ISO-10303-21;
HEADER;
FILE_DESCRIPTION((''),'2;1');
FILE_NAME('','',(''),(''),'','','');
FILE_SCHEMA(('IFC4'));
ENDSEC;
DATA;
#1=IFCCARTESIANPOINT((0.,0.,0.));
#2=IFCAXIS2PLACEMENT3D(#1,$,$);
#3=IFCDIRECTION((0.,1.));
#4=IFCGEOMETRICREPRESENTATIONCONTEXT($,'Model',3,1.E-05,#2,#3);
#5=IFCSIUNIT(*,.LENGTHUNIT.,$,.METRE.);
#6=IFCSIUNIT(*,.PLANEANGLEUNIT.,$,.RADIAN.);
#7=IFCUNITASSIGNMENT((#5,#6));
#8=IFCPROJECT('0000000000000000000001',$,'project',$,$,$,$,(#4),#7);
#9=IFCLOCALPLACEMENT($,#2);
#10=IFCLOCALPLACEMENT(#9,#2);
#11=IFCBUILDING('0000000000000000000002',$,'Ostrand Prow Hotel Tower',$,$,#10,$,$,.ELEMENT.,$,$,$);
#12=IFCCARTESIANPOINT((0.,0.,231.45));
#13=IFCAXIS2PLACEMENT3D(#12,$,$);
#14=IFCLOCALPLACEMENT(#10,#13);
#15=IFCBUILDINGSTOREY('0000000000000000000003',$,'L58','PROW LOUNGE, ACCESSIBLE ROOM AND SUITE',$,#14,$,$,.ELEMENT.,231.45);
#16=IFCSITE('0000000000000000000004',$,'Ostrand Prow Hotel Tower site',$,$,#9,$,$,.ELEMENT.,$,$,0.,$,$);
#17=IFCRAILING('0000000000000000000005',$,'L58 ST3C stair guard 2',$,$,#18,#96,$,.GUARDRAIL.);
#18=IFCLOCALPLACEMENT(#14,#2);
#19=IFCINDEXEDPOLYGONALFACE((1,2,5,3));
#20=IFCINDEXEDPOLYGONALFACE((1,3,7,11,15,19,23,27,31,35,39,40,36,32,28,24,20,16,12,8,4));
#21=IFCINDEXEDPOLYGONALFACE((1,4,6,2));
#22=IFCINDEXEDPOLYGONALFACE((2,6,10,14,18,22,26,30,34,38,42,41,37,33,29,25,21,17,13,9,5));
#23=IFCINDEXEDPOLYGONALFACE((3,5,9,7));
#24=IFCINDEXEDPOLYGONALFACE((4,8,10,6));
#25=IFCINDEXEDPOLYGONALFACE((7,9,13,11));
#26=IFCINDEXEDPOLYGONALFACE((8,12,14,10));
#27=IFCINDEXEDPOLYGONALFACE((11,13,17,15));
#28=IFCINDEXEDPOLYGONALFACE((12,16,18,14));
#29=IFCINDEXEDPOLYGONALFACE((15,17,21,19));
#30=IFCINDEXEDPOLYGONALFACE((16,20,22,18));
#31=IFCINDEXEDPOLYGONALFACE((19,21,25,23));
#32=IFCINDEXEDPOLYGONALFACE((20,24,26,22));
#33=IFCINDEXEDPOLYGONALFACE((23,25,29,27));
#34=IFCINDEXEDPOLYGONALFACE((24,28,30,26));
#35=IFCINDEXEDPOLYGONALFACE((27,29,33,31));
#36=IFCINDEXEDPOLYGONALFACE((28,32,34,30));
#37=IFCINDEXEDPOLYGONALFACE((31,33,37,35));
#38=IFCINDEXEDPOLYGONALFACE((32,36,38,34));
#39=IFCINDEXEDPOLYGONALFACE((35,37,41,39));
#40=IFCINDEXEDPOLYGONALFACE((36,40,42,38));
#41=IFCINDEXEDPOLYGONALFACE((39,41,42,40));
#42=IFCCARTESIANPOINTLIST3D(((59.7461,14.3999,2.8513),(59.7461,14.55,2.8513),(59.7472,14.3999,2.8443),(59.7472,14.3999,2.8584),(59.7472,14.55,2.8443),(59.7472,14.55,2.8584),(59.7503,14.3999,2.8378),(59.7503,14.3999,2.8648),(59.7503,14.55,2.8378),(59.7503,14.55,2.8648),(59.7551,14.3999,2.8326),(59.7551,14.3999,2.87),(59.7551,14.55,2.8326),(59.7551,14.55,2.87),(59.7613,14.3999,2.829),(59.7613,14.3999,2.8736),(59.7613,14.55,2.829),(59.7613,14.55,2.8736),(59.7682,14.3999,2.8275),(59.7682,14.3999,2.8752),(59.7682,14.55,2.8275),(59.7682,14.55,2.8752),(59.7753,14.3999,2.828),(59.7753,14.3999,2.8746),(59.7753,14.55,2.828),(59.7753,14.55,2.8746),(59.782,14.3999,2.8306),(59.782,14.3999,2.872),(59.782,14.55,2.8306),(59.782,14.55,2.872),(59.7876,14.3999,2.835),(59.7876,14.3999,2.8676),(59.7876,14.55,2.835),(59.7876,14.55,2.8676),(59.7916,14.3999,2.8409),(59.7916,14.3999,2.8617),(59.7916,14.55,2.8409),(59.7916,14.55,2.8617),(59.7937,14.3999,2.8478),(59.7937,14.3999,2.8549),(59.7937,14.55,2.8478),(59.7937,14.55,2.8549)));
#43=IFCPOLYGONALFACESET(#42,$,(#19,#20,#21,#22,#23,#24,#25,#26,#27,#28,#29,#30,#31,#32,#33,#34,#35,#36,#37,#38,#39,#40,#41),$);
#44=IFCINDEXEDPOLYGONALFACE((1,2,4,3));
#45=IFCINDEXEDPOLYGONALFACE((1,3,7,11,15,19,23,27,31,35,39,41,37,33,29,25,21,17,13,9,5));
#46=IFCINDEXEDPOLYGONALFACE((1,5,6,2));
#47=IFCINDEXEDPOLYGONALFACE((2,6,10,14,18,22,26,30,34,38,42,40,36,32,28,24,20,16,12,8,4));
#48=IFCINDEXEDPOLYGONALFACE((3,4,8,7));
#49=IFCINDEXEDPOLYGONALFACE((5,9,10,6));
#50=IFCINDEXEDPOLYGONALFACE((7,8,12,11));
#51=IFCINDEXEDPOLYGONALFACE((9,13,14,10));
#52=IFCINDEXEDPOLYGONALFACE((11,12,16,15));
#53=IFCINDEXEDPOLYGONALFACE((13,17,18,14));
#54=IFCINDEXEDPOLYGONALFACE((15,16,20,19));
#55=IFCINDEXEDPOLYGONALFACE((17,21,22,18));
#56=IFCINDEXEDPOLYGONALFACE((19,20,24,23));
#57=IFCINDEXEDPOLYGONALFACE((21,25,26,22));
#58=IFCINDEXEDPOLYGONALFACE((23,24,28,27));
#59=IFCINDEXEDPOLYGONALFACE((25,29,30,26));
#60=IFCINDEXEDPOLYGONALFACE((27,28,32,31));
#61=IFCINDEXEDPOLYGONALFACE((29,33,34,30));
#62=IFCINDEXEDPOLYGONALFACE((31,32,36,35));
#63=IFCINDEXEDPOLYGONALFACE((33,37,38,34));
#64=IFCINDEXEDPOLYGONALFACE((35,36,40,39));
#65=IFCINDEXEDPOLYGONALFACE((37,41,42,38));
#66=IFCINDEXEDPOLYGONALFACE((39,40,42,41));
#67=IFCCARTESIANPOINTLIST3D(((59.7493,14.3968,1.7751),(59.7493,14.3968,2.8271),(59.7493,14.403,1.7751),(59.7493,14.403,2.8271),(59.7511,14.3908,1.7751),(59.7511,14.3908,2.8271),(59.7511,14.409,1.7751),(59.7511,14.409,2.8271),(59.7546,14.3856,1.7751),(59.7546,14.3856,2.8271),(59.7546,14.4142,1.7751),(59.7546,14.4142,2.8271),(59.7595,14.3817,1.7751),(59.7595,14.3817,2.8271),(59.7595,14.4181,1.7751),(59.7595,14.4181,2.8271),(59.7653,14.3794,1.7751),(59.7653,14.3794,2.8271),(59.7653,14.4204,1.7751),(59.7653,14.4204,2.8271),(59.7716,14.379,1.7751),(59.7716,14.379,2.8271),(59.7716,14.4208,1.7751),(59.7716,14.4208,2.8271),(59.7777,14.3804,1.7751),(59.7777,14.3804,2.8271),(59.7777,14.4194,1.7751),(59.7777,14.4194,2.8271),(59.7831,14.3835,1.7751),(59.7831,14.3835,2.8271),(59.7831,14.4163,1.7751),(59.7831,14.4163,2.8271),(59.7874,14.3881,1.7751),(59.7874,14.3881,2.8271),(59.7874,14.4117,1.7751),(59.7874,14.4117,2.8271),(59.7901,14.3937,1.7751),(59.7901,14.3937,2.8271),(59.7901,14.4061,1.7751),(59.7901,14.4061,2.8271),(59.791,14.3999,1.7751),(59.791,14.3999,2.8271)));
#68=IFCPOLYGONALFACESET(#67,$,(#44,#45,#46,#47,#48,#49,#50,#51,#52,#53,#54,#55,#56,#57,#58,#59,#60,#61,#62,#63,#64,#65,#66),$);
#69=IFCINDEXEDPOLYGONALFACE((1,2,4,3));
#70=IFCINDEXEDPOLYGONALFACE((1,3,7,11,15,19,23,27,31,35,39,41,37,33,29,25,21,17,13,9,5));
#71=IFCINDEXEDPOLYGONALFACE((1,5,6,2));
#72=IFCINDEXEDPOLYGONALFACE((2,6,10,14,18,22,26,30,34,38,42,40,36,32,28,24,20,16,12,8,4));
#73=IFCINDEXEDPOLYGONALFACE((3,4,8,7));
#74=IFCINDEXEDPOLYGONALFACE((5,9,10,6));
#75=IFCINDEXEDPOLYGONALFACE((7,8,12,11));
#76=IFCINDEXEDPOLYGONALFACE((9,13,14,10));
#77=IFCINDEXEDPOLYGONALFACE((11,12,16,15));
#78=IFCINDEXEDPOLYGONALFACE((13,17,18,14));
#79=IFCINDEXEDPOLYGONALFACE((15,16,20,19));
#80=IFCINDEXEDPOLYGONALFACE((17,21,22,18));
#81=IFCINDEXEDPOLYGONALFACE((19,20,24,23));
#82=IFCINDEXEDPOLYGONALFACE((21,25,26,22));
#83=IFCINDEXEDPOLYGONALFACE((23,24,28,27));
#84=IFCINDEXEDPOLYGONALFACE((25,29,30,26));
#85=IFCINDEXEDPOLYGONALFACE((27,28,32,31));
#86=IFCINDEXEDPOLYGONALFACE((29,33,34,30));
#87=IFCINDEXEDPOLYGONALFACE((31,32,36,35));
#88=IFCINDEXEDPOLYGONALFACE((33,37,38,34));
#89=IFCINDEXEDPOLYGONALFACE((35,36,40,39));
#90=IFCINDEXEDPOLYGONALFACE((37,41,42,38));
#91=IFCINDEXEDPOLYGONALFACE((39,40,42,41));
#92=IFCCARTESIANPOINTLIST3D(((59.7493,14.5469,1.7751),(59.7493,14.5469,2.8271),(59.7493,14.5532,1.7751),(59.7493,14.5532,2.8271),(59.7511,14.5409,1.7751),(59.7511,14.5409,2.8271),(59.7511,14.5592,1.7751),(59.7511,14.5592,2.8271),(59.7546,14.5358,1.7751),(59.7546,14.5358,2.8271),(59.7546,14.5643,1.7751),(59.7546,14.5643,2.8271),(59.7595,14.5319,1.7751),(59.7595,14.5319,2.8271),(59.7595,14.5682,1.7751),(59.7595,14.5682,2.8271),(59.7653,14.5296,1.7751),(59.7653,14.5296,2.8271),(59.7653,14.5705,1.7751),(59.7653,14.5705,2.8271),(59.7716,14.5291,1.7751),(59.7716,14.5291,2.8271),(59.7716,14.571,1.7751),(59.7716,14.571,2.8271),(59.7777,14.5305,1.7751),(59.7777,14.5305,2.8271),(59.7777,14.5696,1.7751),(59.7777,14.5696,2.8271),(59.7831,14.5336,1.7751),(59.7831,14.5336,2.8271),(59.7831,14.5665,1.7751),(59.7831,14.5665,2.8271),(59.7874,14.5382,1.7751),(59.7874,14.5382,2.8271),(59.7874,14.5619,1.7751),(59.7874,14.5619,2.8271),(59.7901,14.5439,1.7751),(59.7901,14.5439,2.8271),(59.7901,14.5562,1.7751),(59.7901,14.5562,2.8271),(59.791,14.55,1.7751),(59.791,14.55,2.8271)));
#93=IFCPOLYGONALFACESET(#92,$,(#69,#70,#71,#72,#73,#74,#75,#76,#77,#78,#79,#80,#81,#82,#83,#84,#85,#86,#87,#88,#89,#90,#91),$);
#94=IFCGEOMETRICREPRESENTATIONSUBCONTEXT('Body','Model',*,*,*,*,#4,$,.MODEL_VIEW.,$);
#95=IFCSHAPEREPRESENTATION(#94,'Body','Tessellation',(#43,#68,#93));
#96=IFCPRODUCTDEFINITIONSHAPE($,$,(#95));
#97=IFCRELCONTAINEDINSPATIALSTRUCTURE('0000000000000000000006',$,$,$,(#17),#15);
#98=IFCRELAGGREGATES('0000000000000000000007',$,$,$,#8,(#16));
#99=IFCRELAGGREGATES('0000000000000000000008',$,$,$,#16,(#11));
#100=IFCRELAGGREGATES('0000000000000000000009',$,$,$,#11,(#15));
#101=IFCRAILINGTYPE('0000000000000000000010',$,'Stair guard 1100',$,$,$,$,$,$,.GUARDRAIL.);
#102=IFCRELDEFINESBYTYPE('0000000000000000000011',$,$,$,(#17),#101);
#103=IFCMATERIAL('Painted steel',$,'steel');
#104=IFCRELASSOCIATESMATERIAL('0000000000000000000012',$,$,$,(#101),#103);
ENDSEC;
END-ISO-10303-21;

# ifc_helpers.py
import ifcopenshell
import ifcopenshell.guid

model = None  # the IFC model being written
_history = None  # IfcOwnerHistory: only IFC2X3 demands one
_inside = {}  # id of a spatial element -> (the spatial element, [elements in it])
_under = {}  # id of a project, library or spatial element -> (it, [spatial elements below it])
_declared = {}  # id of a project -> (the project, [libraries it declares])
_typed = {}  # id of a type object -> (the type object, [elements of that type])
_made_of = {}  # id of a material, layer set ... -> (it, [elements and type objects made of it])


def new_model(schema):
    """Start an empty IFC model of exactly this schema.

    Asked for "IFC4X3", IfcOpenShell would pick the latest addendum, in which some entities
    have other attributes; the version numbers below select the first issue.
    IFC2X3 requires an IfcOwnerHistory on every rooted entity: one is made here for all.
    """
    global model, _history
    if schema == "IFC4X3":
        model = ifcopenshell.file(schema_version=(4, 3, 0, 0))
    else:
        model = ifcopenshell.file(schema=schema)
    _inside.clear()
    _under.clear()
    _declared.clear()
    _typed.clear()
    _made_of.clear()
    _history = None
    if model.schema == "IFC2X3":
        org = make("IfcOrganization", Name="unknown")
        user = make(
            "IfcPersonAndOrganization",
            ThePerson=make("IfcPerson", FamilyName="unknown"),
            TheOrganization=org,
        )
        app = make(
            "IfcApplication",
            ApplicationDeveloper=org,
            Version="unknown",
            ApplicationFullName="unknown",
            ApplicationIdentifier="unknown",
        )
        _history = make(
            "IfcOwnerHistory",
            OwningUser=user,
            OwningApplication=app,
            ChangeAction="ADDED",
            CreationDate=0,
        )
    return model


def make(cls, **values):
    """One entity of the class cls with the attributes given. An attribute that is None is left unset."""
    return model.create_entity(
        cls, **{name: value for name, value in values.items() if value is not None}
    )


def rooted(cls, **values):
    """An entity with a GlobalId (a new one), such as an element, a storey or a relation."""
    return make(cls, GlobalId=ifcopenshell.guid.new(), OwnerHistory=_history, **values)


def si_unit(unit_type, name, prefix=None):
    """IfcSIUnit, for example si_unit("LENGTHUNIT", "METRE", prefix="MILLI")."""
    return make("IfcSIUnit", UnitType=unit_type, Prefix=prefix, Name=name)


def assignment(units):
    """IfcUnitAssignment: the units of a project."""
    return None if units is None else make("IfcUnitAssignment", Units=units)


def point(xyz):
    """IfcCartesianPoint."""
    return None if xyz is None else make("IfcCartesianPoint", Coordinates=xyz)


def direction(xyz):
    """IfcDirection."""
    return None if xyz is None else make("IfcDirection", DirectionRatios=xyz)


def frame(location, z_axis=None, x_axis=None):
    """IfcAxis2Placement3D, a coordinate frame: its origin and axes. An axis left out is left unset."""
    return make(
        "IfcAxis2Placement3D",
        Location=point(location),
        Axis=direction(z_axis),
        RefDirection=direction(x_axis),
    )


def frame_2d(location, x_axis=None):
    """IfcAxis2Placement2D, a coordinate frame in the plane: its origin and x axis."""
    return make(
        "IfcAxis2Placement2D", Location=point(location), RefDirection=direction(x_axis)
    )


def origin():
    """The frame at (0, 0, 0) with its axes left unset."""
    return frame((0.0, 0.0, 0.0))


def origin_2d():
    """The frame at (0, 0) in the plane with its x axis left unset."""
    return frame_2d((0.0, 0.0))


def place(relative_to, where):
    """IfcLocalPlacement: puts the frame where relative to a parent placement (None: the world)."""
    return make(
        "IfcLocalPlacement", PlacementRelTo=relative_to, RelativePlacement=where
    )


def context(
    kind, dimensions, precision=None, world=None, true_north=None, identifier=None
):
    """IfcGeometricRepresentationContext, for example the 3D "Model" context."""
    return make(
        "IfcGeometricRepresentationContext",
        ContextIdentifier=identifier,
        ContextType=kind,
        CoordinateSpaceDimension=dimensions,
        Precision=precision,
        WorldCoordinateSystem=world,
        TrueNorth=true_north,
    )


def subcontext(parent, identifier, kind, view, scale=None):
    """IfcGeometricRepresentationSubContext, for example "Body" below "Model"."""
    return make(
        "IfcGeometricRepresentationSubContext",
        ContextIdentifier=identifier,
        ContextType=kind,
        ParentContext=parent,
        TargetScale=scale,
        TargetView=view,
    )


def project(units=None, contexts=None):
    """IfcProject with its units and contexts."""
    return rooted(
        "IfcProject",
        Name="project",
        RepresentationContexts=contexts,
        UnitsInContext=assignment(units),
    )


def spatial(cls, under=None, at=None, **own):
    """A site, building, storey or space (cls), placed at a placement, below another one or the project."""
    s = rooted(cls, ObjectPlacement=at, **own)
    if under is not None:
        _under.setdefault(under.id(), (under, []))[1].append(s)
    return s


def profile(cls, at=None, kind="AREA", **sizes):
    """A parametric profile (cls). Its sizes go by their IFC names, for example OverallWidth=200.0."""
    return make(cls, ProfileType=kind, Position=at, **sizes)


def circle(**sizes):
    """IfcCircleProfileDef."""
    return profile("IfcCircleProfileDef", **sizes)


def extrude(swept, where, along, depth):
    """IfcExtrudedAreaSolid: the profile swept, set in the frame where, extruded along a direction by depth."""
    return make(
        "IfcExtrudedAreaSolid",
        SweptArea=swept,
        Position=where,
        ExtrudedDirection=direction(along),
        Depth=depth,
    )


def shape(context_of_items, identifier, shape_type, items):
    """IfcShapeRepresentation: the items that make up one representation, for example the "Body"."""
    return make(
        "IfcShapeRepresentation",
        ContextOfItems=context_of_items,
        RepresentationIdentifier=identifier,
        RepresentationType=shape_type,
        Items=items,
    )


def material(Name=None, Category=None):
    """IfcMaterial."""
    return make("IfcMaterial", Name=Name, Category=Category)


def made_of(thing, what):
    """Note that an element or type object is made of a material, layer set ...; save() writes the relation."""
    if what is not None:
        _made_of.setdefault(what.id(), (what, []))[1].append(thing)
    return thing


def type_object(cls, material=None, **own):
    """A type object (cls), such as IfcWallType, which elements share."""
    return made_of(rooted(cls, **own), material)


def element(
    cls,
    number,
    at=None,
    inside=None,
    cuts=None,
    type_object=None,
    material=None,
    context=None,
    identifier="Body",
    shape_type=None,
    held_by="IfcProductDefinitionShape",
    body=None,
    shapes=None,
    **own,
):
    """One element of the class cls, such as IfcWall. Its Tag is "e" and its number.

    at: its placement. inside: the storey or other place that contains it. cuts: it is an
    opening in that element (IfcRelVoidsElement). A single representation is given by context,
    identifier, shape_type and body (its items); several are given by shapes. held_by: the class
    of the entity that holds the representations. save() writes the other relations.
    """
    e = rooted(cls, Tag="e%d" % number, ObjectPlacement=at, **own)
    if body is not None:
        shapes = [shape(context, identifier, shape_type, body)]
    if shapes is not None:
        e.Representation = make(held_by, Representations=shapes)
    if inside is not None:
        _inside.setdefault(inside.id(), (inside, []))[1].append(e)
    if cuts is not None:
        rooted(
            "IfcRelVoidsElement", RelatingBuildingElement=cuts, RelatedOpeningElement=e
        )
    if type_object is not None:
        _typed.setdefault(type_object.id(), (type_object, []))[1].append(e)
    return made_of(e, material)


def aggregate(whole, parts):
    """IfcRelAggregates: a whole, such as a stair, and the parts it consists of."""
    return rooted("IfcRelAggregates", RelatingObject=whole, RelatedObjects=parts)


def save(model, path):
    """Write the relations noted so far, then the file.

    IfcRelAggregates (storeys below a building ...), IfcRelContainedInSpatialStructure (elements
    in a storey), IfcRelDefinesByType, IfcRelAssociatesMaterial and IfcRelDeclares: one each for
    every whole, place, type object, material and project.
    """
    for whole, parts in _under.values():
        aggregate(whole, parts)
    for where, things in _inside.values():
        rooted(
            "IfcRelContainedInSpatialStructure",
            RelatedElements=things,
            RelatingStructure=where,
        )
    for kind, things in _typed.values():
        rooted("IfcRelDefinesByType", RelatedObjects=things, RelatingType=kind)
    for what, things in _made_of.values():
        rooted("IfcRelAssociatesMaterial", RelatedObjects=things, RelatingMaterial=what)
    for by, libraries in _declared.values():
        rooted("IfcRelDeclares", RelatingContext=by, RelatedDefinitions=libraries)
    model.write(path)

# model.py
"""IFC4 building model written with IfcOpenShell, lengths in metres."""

from ifc_helpers import new_model, si_unit, direction, frame, origin, origin_2d, place, context, subcontext, project, spatial, circle, extrude, material, type_object, element, save


model = new_model("IFC4")

# Units and contexts
model_context = context("Model", 3, precision=1e-05, world=origin(), true_north=direction((0.0, 1.0)))
body_context = subcontext(model_context, "Body", "Model", "MODEL_VIEW")
ifc_project = project(units=[si_unit("LENGTHUNIT", "METRE"), si_unit("PLANEANGLEUNIT", "RADIAN")], contexts=[model_context])

# Site, building, storey
site_placement = place(None, origin())
site = spatial("IfcSite", under=ifc_project, at=site_placement, Name="Ostrand Prow Hotel Tower site", CompositionType="ELEMENT", RefElevation=0.0)
building_placement = place(site_placement, origin())
building = spatial("IfcBuilding", under=site, at=building_placement, Name="Ostrand Prow Hotel Tower", CompositionType="ELEMENT")
storey_placement = place(building_placement, frame((0.0, 0.0, 231.45)))
storey = spatial("IfcBuildingStorey", under=building, at=storey_placement, Name="L58", Description="PROW LOUNGE, ACCESSIBLE ROOM AND SUITE", CompositionType="ELEMENT", Elevation=231.45)

# Railing
ifc_material_1 = material(Name="Painted steel", Category="steel")
railing_type_1 = type_object("IfcRailingType", Name="Stair guard 1100", PredefinedType="GUARDRAIL", material=ifc_material_1)
railing_1_placement = place(storey_placement, frame((59.77, 14.3999, 1.7751)))
element("IfcRailing", 1, at=railing_1_placement, inside=storey, type_object=railing_type_1, Name="L58 ST3C stair guard 2", PredefinedType="GUARDRAIL", context=body_context, shape_type="SweptSolid", body=[
    extrude(circle(Radius=0.0239, at=origin_2d()), frame((0.0, 0.0, 1.0762), z_axis=(0.0, 1.0, 0.0), x_axis=(-1.0, 0.0, 0.0)), (0.0, 0.0, 1.0), 0.1501),
    extrude(circle(Radius=0.021, at=origin_2d()), origin(), (0.0, 0.0, 1.0), 1.052),
    extrude(circle(Radius=0.021, at=origin_2d()), frame((0.0, 0.1501, 0.0)), (0.0, 0.0, 1.0), 1.052),
])

save(model, "model.ifc")
